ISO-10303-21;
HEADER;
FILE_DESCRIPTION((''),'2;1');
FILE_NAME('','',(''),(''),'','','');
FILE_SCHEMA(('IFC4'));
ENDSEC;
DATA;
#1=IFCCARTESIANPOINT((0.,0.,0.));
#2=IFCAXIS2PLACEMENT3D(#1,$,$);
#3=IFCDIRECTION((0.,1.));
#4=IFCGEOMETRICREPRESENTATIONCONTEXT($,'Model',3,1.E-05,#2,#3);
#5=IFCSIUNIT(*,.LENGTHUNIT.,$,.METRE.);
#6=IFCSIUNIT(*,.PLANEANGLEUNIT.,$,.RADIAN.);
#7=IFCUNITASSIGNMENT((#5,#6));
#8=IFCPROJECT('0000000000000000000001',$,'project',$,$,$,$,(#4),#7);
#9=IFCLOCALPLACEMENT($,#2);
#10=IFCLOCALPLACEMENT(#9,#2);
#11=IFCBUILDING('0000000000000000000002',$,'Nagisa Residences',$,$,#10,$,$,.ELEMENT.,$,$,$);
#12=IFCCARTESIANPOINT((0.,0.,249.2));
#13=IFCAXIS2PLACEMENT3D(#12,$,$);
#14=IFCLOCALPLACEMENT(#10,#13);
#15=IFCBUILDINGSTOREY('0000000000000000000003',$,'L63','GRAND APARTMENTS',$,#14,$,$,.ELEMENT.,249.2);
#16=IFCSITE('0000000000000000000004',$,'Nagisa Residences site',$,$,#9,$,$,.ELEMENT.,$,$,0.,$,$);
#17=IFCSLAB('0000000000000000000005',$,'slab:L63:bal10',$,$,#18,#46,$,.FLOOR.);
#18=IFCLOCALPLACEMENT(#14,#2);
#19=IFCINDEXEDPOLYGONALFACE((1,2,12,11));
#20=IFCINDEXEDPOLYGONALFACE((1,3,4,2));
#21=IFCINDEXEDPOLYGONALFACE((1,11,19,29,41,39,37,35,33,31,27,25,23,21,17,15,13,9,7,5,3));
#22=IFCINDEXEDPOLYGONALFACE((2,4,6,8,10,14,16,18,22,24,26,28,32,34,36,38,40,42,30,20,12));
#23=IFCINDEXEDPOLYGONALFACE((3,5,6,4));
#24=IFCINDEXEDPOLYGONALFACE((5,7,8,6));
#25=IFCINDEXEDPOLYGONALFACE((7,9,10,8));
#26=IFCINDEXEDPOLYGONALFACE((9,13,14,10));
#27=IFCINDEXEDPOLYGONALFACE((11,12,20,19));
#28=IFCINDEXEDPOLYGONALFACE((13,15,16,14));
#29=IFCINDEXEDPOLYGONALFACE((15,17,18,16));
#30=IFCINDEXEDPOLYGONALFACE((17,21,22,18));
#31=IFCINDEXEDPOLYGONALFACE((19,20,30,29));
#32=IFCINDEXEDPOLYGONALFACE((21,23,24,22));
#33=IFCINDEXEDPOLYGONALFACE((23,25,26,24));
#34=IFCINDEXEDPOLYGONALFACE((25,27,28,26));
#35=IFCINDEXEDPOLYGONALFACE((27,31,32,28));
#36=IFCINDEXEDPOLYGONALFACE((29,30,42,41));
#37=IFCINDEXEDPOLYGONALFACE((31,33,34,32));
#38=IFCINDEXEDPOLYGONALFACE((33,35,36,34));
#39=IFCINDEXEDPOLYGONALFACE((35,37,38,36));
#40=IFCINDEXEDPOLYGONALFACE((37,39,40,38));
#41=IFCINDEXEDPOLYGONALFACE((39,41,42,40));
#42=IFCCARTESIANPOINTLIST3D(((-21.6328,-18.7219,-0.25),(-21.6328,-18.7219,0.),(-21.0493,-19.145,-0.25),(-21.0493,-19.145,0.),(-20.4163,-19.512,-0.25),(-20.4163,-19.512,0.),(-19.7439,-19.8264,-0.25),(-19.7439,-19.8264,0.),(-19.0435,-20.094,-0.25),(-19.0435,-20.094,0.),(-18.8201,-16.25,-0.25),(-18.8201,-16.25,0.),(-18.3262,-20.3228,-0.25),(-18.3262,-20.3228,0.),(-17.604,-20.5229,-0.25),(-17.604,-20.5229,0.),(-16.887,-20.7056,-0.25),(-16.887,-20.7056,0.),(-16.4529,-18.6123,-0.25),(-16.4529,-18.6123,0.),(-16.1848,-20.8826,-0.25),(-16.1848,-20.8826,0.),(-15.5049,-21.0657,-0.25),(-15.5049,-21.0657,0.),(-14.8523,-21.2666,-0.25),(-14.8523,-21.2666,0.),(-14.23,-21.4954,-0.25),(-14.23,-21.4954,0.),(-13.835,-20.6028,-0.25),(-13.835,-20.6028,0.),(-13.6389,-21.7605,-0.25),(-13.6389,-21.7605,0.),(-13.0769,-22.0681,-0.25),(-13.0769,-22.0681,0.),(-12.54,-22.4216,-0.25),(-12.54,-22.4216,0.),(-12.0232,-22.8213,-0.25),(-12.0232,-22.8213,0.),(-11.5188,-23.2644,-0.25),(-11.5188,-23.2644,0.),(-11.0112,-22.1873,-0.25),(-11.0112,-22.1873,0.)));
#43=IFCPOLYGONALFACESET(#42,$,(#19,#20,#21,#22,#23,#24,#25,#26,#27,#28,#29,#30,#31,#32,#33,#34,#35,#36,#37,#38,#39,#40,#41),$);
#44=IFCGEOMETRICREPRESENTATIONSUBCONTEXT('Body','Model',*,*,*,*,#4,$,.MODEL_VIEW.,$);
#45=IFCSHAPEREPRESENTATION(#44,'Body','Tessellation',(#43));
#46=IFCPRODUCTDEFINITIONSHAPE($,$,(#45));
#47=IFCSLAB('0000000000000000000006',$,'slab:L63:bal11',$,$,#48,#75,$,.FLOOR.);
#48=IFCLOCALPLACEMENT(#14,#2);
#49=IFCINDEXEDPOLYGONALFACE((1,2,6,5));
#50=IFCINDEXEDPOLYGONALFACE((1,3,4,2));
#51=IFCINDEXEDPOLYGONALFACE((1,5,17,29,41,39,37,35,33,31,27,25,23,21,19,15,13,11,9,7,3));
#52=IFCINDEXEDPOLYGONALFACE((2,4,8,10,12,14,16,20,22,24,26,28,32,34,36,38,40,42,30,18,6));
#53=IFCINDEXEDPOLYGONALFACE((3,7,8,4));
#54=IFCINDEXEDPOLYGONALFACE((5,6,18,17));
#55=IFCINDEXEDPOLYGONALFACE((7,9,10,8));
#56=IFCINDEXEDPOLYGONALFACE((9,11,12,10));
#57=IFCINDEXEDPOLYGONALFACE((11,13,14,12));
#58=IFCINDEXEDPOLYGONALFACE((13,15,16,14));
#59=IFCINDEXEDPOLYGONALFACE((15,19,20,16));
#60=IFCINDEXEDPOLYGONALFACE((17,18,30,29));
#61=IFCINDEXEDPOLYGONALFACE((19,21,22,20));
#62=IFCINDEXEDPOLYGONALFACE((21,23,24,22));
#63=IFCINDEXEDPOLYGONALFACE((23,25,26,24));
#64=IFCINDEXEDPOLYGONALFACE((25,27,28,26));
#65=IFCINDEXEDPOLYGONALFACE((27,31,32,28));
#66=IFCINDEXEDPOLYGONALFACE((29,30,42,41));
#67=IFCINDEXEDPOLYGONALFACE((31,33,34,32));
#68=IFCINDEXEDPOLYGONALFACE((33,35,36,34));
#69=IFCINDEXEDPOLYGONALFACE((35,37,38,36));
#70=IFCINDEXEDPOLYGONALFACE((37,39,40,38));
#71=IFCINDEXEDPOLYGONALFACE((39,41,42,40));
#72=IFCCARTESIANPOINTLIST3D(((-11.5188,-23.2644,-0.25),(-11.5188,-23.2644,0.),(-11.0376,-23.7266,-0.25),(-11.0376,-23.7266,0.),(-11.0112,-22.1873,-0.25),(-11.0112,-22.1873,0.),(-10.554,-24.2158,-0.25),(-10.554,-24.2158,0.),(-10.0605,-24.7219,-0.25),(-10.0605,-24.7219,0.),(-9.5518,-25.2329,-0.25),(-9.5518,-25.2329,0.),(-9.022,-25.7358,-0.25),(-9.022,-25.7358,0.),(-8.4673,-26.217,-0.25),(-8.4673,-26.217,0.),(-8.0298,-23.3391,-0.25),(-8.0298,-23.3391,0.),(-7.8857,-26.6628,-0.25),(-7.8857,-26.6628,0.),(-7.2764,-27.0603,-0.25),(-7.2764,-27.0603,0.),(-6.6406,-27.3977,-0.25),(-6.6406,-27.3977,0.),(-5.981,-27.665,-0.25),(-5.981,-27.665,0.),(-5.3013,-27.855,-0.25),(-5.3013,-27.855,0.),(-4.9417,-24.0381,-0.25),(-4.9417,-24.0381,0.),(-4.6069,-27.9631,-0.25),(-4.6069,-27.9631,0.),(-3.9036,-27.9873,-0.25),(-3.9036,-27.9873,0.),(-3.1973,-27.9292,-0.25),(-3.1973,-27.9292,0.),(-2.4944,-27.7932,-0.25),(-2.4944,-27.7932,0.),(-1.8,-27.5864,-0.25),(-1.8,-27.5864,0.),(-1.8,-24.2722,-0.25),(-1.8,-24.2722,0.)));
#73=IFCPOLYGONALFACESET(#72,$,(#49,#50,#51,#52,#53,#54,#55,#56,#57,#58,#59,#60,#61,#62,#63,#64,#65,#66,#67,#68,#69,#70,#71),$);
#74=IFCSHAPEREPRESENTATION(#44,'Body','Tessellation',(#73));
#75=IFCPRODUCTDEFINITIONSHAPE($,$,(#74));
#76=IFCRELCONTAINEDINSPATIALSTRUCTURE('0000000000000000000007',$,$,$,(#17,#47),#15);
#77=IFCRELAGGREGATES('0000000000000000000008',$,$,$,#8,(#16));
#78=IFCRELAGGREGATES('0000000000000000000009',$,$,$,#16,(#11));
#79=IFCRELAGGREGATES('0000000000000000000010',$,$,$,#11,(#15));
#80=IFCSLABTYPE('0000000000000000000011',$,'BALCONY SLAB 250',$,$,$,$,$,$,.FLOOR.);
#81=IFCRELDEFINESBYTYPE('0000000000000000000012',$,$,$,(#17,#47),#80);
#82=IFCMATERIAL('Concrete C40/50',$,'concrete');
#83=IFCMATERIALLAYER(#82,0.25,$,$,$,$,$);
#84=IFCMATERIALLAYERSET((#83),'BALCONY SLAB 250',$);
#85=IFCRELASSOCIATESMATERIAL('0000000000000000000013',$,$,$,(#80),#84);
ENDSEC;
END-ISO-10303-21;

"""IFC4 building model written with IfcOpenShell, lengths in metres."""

from ifc_helpers import new_model, si_unit, direction, frame, origin, place, context, subcontext, project, spatial, polyline, outline, extrude, material, layer, layer_set, type_object, element, save


model = new_model("IFC4")

# Units and contexts
model_context = context("Model", 3, precision=1e-05, world=origin(), true_north=direction((0.0, 1.0)))
body_context = subcontext(model_context, "Body", "Model", "MODEL_VIEW")
ifc_project = project(units=[si_unit("LENGTHUNIT", "METRE"), si_unit("PLANEANGLEUNIT", "RADIAN")], contexts=[model_context])

# Site, building, storey
site_placement = place(None, origin())
site = spatial("IfcSite", under=ifc_project, at=site_placement, Name="Nagisa Residences site", CompositionType="ELEMENT", RefElevation=0.0)
building_placement = place(site_placement, origin())
building = spatial("IfcBuilding", under=site, at=building_placement, Name="Nagisa Residences", CompositionType="ELEMENT")
storey_placement = place(building_placement, frame((0.0, 0.0, 249.2)))
storey = spatial("IfcBuildingStorey", under=building, at=storey_placement, Name="L63", Description="GRAND APARTMENTS", CompositionType="ELEMENT", Elevation=249.2)

# Slabs
ifc_material = material(Name="Concrete C40/50", Category="concrete")
ifc_layer = layer(ifc_material, 0.25)
ifc_layer_set = layer_set([ifc_layer], Name="BALCONY SLAB 250")
slab_type = type_object("IfcSlabType", Name="BALCONY SLAB 250", PredefinedType="FLOOR", material=ifc_layer_set)
slab_1_placement = place(storey_placement, frame((0.0, 0.0, -0.25)))
element("IfcSlab", 1, at=slab_1_placement, inside=storey, type_object=slab_type, Name="slab:L63:bal10", PredefinedType="FLOOR", context=body_context, shape_type="SweptSolid", body=[
    extrude(outline(polyline([(-21.6328, -18.7219), (-21.0493, -19.145), (-20.4163, -19.512), (-19.7439, -19.8264), (-19.0435, -20.094), (-18.3262, -20.3228), (-17.604, -20.5229), (-16.887, -20.7056), (-16.1848, -20.8826), (-15.5049, -21.0657), (-14.8523, -21.2666), (-14.23, -21.4954), (-13.6389, -21.7605), (-13.0769, -22.0681), (-12.54, -22.4216), (-12.0232, -22.8213), (-11.5188, -23.2644), (-11.0112, -22.1873), (-13.835, -20.6028), (-16.4529, -18.6123), (-18.8201, -16.25), (-21.6328, -18.7219)])), origin(), (0.0, 0.0, 1.0), 0.25),
])
slab_2_placement = place(storey_placement, frame((0.0, 0.0, -0.25)))
element("IfcSlab", 2, at=slab_2_placement, inside=storey, type_object=slab_type, Name="slab:L63:bal11", PredefinedType="FLOOR", context=body_context, shape_type="SweptSolid", body=[
    extrude(outline(polyline([(-11.5188, -23.2644), (-11.0376, -23.7266), (-10.554, -24.2158), (-10.0605, -24.7219), (-9.5518, -25.2329), (-9.022, -25.7358), (-8.4673, -26.217), (-7.8857, -26.6628), (-7.2764, -27.0603), (-6.6406, -27.3977), (-5.981, -27.665), (-5.3013, -27.855), (-4.6069, -27.9631), (-3.9036, -27.9873), (-3.1973, -27.9292), (-2.4944, -27.7932), (-1.8, -27.5864), (-1.8, -24.2722), (-4.9417, -24.0381), (-8.0298, -23.3391), (-11.0112, -22.1873), (-11.5188, -23.2644)])), origin(), (0.0, 0.0, 1.0), 0.25),
])

save(model, "model.ifc")
